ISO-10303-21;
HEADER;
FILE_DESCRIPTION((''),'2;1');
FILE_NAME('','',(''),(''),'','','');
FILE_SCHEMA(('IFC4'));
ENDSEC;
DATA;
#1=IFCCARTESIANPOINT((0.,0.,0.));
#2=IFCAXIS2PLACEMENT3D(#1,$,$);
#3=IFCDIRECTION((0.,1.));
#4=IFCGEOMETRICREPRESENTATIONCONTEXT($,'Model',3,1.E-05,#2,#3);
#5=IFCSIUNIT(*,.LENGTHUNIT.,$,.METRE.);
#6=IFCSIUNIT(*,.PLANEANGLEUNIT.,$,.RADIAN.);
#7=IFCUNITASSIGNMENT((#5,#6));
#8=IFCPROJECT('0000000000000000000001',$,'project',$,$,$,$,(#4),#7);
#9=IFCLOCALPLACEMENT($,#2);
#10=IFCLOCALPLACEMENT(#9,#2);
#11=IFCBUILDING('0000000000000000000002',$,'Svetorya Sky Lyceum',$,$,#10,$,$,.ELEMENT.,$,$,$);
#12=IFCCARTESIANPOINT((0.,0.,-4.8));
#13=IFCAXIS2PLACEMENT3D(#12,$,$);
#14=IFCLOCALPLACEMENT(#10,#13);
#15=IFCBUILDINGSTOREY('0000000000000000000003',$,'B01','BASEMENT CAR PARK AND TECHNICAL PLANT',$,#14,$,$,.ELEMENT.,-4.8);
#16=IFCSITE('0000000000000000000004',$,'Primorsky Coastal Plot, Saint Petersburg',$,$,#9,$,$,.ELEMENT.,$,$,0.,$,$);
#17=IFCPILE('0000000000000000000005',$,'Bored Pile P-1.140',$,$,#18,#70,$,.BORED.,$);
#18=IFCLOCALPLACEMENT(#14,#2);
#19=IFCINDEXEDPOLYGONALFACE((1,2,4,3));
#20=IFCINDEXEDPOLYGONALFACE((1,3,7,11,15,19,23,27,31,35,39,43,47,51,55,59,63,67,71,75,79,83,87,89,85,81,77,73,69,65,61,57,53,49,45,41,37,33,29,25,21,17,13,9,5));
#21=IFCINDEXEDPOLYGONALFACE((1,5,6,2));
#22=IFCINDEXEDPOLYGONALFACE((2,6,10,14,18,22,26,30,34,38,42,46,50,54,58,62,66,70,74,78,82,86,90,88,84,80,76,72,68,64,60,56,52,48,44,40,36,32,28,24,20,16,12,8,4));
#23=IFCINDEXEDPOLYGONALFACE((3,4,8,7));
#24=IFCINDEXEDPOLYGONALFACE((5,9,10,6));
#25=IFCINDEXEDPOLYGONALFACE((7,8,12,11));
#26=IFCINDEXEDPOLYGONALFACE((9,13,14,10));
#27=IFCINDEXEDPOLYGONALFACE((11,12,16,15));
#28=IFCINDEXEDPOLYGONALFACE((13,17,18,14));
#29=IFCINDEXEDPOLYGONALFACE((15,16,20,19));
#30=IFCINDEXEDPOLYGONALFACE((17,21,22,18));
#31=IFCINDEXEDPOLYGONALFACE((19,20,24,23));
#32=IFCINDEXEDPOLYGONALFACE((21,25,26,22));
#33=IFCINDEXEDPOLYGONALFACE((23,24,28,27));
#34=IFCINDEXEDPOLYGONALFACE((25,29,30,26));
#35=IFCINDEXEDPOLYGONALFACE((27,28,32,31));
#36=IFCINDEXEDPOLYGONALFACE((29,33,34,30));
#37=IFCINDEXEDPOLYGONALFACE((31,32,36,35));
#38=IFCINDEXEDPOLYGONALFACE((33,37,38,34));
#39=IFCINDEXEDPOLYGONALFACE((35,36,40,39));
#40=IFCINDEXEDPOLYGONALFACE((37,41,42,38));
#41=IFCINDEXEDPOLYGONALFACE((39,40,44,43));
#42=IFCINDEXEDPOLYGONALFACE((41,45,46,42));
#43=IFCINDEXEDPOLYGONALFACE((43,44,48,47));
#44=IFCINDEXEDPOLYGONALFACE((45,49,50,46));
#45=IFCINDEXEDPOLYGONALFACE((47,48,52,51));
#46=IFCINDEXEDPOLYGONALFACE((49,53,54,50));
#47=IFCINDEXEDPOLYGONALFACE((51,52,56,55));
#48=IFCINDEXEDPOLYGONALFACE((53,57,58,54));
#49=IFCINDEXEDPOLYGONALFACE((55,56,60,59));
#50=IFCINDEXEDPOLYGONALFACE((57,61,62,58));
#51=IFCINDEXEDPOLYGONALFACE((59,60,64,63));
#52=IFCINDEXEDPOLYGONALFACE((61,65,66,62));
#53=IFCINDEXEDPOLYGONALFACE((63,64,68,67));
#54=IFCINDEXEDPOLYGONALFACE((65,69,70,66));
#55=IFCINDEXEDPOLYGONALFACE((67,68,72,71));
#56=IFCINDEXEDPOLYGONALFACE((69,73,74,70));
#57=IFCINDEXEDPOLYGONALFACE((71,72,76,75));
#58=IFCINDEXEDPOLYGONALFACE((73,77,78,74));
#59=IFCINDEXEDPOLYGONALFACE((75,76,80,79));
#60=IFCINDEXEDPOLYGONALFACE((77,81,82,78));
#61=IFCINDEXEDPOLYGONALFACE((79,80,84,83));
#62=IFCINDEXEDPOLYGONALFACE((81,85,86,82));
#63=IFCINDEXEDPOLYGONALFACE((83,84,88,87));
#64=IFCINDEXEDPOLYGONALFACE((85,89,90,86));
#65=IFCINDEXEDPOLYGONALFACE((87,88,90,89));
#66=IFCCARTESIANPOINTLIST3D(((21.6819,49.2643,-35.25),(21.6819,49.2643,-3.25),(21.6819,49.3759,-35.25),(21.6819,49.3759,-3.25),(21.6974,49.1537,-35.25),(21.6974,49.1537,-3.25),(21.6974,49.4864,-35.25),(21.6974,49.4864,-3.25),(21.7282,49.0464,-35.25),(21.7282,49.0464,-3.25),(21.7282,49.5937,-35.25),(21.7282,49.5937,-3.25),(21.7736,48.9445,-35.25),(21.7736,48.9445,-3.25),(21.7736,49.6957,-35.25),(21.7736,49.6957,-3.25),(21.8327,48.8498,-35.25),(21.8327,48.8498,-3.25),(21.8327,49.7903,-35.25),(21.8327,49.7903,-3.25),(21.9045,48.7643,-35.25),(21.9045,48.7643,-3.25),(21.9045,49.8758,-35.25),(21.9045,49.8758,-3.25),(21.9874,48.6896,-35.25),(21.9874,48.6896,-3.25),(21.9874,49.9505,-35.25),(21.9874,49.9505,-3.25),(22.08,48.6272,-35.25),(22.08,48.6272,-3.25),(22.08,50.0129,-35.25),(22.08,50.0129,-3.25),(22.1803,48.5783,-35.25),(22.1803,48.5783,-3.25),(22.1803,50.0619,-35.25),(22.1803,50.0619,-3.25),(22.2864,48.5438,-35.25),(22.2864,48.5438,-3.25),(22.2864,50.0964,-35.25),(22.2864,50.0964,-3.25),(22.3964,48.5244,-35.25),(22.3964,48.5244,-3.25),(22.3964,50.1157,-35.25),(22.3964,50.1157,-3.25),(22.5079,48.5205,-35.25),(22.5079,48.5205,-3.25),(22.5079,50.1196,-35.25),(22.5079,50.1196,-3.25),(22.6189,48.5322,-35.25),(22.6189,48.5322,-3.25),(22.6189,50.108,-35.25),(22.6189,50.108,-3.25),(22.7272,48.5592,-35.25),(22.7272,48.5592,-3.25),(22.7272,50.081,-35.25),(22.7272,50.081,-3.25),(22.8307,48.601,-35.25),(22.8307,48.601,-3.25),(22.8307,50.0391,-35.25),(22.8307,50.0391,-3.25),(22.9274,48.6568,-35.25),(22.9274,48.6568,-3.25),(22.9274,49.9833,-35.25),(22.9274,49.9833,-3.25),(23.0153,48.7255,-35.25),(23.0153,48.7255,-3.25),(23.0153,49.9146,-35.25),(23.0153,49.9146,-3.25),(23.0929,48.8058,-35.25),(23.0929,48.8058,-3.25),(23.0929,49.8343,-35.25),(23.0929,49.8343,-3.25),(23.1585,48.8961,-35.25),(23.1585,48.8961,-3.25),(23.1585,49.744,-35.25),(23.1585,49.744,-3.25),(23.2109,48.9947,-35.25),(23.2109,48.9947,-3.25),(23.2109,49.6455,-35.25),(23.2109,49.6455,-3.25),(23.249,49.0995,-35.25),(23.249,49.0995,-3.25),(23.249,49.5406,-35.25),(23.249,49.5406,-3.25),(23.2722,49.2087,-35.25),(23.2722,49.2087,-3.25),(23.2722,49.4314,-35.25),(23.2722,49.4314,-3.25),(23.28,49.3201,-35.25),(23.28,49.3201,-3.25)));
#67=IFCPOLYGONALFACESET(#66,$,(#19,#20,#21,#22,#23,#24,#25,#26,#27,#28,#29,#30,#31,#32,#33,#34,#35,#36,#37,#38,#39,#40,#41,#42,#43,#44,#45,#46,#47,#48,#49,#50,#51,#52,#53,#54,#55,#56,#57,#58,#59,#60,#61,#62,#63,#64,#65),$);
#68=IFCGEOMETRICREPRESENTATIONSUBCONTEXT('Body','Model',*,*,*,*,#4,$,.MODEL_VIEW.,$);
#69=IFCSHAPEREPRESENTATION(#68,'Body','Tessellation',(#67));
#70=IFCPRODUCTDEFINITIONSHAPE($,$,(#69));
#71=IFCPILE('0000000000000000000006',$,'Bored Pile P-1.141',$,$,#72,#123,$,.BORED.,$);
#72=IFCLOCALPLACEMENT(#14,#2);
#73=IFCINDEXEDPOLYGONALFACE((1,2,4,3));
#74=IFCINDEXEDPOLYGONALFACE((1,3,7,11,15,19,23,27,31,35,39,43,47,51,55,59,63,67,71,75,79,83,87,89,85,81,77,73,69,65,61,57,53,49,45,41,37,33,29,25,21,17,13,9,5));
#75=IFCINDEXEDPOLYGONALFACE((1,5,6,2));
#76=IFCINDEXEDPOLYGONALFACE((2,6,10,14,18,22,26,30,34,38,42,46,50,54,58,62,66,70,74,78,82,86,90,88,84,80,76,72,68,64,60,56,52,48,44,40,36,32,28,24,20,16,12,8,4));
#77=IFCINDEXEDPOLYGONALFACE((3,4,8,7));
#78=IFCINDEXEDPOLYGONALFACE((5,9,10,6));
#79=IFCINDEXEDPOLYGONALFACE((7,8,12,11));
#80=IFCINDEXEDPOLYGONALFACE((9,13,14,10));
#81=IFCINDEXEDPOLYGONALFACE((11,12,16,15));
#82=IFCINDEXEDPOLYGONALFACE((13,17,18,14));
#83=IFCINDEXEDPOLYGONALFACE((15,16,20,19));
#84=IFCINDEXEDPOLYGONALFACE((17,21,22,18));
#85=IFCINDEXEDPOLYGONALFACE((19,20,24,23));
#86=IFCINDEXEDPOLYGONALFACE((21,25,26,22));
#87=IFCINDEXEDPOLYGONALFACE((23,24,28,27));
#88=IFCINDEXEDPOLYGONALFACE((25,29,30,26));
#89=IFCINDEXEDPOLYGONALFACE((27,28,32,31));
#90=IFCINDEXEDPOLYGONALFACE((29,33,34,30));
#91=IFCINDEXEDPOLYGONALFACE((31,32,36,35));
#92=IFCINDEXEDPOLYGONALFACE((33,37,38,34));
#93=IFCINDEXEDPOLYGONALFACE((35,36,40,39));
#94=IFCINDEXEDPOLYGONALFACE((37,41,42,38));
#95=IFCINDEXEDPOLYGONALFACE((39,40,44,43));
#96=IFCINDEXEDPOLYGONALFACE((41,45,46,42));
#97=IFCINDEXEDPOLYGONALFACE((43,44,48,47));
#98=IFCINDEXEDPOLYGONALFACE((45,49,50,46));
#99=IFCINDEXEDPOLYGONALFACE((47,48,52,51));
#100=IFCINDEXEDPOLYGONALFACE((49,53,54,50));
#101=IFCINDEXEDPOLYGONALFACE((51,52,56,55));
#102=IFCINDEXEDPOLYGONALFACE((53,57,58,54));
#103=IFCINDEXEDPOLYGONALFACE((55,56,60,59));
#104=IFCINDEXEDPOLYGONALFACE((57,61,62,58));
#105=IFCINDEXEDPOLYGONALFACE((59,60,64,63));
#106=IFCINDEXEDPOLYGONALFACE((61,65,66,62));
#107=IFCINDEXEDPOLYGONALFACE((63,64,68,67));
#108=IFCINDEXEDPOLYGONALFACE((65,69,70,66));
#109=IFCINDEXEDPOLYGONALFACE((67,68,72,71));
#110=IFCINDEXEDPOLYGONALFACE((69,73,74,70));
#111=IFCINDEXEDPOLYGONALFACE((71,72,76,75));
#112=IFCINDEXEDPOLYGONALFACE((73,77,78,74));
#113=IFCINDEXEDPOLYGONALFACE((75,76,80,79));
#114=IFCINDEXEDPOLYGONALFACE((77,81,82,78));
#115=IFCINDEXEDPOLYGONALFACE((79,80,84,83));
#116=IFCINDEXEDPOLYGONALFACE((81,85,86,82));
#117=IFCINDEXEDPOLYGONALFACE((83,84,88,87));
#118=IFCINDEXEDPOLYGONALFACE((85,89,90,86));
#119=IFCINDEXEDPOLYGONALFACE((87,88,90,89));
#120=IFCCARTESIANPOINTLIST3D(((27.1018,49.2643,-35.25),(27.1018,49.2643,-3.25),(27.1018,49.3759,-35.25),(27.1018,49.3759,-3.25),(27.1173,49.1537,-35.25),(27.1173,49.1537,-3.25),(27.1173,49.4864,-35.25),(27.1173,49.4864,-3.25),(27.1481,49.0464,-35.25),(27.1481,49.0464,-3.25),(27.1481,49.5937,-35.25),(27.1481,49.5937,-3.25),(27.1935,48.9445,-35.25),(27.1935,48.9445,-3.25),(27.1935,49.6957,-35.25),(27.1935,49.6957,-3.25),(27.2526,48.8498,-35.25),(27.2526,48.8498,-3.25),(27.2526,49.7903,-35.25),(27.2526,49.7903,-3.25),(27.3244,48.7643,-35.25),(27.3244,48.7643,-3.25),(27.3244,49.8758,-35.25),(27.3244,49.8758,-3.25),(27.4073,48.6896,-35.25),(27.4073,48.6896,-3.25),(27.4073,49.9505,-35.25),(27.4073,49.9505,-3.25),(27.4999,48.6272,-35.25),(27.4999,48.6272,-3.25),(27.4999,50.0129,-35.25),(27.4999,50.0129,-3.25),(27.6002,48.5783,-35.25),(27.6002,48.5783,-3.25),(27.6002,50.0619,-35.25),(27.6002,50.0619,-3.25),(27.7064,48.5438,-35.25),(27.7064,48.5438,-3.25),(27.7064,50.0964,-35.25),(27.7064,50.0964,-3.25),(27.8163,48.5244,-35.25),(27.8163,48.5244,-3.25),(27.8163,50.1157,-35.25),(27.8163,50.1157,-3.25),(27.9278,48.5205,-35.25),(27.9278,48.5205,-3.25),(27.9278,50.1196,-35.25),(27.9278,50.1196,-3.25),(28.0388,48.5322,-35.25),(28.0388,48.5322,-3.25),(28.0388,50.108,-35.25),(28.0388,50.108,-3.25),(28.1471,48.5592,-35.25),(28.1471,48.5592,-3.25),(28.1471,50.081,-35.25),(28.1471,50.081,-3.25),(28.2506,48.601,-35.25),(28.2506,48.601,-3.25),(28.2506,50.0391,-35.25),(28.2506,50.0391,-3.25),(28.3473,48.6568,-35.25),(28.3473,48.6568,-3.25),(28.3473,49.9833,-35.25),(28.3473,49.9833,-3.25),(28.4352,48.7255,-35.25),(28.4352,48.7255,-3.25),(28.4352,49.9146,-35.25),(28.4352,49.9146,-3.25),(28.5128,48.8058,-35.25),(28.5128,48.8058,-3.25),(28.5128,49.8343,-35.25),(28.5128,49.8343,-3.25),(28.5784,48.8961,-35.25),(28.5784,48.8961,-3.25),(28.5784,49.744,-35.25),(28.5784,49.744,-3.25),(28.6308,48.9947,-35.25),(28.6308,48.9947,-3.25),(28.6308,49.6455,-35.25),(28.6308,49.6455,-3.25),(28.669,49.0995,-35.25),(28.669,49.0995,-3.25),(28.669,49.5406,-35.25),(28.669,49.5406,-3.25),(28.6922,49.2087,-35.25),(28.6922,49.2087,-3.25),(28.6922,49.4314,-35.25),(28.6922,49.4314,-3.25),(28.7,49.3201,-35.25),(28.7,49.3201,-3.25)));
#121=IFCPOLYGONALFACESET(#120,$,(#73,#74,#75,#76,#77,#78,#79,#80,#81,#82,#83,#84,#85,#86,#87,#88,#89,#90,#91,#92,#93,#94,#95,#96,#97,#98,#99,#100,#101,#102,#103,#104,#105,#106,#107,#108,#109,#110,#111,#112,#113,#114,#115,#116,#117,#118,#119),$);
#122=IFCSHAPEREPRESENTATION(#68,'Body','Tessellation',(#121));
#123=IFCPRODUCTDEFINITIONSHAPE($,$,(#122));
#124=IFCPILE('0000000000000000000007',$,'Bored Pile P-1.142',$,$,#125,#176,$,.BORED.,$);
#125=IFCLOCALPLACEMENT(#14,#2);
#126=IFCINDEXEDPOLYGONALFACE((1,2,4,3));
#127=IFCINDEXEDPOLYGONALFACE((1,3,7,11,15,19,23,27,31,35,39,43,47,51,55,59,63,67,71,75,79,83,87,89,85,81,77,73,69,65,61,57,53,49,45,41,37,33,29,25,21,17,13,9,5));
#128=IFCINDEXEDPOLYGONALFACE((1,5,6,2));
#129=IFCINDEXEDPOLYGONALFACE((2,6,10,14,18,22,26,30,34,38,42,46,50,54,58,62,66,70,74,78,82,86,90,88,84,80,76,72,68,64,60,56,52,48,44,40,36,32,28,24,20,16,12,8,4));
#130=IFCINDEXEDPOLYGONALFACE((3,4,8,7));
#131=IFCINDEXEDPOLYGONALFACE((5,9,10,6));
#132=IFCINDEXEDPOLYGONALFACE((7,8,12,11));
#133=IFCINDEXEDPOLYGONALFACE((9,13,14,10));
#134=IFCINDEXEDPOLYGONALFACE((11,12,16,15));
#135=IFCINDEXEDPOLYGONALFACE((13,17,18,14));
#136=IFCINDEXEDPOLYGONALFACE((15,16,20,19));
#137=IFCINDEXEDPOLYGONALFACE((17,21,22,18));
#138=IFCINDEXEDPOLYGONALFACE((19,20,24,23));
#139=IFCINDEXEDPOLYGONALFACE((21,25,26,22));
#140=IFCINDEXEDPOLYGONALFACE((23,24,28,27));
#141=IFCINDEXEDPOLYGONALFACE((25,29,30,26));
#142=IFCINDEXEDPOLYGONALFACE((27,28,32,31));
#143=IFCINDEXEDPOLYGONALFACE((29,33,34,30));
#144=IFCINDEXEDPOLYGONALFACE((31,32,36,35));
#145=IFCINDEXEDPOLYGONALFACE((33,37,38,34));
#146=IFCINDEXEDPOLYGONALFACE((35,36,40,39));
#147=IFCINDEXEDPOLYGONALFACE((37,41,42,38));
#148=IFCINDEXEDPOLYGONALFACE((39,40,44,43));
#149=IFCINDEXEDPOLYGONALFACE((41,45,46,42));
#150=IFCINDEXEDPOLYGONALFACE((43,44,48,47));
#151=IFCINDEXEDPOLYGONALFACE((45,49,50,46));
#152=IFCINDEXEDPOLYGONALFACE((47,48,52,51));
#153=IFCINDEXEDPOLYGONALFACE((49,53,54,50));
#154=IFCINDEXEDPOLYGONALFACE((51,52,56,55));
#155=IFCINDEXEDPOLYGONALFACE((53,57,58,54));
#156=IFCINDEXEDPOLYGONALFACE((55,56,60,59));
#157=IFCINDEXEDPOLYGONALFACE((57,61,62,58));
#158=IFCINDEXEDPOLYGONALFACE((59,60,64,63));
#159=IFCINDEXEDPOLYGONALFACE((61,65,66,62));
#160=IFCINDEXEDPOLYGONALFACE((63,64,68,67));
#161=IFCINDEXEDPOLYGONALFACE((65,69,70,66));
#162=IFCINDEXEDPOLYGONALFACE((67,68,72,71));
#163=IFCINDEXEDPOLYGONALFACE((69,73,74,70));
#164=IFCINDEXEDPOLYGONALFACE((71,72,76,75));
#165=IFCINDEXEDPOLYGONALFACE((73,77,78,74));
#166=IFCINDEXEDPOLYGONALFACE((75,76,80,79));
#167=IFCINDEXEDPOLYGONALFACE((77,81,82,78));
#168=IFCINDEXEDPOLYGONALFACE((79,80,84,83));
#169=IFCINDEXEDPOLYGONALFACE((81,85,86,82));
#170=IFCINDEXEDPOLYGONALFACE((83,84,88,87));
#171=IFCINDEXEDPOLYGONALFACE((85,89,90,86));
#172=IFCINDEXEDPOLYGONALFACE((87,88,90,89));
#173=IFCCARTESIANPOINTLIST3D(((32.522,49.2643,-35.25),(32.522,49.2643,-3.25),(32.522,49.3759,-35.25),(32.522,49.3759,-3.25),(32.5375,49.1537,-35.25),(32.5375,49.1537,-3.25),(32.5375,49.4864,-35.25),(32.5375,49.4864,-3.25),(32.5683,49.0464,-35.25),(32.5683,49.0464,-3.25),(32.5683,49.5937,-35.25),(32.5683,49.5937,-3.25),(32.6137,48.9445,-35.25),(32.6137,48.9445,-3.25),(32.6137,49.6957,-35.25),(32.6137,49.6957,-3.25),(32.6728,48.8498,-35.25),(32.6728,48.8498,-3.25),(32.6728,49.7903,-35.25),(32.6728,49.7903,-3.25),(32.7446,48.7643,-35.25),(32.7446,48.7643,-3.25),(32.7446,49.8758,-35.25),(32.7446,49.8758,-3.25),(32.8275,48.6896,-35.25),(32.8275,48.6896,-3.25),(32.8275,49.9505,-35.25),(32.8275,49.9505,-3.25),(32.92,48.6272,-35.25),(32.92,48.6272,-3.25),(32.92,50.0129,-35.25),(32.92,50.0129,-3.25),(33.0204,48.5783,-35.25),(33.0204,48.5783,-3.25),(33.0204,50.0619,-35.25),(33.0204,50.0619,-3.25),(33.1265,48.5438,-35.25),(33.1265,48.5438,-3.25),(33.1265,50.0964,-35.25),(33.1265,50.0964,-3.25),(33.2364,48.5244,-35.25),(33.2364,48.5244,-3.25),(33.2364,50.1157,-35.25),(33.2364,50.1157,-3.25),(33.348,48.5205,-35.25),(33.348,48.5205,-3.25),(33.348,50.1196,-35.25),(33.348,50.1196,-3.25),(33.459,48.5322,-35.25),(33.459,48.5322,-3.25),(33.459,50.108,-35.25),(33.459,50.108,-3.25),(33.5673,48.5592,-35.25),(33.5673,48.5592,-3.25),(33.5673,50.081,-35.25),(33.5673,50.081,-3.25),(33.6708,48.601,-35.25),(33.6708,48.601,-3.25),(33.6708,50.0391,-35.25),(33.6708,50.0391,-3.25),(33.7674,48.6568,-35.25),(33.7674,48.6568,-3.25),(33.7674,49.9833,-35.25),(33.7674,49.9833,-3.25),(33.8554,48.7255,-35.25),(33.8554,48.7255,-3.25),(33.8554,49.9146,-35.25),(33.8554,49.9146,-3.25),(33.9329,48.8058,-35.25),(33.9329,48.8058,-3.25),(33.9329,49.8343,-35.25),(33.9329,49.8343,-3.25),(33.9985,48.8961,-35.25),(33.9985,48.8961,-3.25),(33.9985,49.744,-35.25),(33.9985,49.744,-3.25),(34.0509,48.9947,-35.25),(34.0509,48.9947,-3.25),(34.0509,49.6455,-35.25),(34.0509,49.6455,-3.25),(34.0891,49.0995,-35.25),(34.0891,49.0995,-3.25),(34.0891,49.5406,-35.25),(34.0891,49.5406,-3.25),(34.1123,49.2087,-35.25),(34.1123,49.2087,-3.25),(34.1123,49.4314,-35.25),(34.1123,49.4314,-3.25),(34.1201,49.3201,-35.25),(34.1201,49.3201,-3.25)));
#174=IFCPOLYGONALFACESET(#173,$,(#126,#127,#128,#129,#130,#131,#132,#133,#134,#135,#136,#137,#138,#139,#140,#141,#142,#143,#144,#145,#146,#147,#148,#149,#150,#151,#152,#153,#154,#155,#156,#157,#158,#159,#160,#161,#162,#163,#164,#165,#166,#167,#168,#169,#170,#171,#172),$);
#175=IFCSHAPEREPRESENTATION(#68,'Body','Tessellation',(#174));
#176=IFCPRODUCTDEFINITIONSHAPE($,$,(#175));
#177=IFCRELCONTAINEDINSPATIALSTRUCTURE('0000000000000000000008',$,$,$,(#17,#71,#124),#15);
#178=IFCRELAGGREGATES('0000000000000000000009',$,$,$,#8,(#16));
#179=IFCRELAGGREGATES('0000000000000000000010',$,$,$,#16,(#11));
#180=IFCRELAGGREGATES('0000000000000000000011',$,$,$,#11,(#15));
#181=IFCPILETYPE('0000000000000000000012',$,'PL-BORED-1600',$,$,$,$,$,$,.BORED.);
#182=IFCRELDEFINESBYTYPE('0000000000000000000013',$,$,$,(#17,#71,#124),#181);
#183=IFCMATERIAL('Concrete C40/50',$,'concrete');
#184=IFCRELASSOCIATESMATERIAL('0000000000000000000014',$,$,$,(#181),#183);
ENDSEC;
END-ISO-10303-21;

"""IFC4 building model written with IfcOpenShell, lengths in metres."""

from ifc_helpers import new_model, si_unit, direction, frame, origin, origin_2d, place, context, subcontext, project, spatial, circle, extrude, material, material_profile, profile_set, type_object, element, save


model = new_model("IFC4")

# Units and contexts
model_context = context("Model", 3, precision=1e-05, world=origin(), true_north=direction((0.0, 1.0)))
body_context = subcontext(model_context, "Body", "Model", "MODEL_VIEW")
ifc_project = project(units=[si_unit("LENGTHUNIT", "METRE"), si_unit("PLANEANGLEUNIT", "RADIAN")], contexts=[model_context])

# Site, building, storey
site_placement = place(None, origin())
site = spatial("IfcSite", under=ifc_project, at=site_placement, Name="Primorsky Coastal Plot, Saint Petersburg", CompositionType="ELEMENT", RefElevation=0.0)
building_placement = place(site_placement, origin())
building = spatial("IfcBuilding", under=site, at=building_placement, Name="Svetorya Sky Lyceum", CompositionType="ELEMENT")
storey_placement = place(building_placement, frame((0.0, 0.0, -4.8)))
storey = spatial("IfcBuildingStorey", under=building, at=storey_placement, Name="B01", Description="BASEMENT CAR PARK AND TECHNICAL PLANT", CompositionType="ELEMENT", Elevation=-4.8)

# Piles
ifc_material_1 = material(Name="Concrete C40/50", Category="concrete")
ifc_material_profile_1 = material_profile(ifc_material_1, circle(Radius=0.8, at=origin_2d()), Name="RC PILE D1600")
ifc_profile_set_1 = profile_set([ifc_material_profile_1], Name="Concrete C40/50")
pile_type = type_object("IfcPileType", Name="PL-BORED-1600", PredefinedType="BORED", material=ifc_profile_set_1)
for number, where, z_axis, x_axis, name in (
    (1, (22.48, 49.3201, -3.25), (0.0, 0.0, -1.0), (1.0, 0.0, 0.0), "Bored Pile P-1.140"),
    (2, (27.8999, 49.3201, -3.25), (0.0, 0.0, -1.0), (1.0, 0.0, 0.0), "Bored Pile P-1.141"),
    (3, (33.3201, 49.3201, -3.25), (0.0, 0.0, -1.0), (1.0, 0.0, 0.0), "Bored Pile P-1.142"),
):
    element("IfcPile", number, at=place(storey_placement, frame(where, z_axis=z_axis, x_axis=x_axis)), inside=storey, type_object=pile_type, Name=name, PredefinedType="BORED", context=body_context, shape_type="SweptSolid", body=[
        extrude(circle(Radius=0.8, at=origin_2d()), origin(), (0.0, 0.0, 1.0), 32.0),
    ])

save(model, "model.ifc")
